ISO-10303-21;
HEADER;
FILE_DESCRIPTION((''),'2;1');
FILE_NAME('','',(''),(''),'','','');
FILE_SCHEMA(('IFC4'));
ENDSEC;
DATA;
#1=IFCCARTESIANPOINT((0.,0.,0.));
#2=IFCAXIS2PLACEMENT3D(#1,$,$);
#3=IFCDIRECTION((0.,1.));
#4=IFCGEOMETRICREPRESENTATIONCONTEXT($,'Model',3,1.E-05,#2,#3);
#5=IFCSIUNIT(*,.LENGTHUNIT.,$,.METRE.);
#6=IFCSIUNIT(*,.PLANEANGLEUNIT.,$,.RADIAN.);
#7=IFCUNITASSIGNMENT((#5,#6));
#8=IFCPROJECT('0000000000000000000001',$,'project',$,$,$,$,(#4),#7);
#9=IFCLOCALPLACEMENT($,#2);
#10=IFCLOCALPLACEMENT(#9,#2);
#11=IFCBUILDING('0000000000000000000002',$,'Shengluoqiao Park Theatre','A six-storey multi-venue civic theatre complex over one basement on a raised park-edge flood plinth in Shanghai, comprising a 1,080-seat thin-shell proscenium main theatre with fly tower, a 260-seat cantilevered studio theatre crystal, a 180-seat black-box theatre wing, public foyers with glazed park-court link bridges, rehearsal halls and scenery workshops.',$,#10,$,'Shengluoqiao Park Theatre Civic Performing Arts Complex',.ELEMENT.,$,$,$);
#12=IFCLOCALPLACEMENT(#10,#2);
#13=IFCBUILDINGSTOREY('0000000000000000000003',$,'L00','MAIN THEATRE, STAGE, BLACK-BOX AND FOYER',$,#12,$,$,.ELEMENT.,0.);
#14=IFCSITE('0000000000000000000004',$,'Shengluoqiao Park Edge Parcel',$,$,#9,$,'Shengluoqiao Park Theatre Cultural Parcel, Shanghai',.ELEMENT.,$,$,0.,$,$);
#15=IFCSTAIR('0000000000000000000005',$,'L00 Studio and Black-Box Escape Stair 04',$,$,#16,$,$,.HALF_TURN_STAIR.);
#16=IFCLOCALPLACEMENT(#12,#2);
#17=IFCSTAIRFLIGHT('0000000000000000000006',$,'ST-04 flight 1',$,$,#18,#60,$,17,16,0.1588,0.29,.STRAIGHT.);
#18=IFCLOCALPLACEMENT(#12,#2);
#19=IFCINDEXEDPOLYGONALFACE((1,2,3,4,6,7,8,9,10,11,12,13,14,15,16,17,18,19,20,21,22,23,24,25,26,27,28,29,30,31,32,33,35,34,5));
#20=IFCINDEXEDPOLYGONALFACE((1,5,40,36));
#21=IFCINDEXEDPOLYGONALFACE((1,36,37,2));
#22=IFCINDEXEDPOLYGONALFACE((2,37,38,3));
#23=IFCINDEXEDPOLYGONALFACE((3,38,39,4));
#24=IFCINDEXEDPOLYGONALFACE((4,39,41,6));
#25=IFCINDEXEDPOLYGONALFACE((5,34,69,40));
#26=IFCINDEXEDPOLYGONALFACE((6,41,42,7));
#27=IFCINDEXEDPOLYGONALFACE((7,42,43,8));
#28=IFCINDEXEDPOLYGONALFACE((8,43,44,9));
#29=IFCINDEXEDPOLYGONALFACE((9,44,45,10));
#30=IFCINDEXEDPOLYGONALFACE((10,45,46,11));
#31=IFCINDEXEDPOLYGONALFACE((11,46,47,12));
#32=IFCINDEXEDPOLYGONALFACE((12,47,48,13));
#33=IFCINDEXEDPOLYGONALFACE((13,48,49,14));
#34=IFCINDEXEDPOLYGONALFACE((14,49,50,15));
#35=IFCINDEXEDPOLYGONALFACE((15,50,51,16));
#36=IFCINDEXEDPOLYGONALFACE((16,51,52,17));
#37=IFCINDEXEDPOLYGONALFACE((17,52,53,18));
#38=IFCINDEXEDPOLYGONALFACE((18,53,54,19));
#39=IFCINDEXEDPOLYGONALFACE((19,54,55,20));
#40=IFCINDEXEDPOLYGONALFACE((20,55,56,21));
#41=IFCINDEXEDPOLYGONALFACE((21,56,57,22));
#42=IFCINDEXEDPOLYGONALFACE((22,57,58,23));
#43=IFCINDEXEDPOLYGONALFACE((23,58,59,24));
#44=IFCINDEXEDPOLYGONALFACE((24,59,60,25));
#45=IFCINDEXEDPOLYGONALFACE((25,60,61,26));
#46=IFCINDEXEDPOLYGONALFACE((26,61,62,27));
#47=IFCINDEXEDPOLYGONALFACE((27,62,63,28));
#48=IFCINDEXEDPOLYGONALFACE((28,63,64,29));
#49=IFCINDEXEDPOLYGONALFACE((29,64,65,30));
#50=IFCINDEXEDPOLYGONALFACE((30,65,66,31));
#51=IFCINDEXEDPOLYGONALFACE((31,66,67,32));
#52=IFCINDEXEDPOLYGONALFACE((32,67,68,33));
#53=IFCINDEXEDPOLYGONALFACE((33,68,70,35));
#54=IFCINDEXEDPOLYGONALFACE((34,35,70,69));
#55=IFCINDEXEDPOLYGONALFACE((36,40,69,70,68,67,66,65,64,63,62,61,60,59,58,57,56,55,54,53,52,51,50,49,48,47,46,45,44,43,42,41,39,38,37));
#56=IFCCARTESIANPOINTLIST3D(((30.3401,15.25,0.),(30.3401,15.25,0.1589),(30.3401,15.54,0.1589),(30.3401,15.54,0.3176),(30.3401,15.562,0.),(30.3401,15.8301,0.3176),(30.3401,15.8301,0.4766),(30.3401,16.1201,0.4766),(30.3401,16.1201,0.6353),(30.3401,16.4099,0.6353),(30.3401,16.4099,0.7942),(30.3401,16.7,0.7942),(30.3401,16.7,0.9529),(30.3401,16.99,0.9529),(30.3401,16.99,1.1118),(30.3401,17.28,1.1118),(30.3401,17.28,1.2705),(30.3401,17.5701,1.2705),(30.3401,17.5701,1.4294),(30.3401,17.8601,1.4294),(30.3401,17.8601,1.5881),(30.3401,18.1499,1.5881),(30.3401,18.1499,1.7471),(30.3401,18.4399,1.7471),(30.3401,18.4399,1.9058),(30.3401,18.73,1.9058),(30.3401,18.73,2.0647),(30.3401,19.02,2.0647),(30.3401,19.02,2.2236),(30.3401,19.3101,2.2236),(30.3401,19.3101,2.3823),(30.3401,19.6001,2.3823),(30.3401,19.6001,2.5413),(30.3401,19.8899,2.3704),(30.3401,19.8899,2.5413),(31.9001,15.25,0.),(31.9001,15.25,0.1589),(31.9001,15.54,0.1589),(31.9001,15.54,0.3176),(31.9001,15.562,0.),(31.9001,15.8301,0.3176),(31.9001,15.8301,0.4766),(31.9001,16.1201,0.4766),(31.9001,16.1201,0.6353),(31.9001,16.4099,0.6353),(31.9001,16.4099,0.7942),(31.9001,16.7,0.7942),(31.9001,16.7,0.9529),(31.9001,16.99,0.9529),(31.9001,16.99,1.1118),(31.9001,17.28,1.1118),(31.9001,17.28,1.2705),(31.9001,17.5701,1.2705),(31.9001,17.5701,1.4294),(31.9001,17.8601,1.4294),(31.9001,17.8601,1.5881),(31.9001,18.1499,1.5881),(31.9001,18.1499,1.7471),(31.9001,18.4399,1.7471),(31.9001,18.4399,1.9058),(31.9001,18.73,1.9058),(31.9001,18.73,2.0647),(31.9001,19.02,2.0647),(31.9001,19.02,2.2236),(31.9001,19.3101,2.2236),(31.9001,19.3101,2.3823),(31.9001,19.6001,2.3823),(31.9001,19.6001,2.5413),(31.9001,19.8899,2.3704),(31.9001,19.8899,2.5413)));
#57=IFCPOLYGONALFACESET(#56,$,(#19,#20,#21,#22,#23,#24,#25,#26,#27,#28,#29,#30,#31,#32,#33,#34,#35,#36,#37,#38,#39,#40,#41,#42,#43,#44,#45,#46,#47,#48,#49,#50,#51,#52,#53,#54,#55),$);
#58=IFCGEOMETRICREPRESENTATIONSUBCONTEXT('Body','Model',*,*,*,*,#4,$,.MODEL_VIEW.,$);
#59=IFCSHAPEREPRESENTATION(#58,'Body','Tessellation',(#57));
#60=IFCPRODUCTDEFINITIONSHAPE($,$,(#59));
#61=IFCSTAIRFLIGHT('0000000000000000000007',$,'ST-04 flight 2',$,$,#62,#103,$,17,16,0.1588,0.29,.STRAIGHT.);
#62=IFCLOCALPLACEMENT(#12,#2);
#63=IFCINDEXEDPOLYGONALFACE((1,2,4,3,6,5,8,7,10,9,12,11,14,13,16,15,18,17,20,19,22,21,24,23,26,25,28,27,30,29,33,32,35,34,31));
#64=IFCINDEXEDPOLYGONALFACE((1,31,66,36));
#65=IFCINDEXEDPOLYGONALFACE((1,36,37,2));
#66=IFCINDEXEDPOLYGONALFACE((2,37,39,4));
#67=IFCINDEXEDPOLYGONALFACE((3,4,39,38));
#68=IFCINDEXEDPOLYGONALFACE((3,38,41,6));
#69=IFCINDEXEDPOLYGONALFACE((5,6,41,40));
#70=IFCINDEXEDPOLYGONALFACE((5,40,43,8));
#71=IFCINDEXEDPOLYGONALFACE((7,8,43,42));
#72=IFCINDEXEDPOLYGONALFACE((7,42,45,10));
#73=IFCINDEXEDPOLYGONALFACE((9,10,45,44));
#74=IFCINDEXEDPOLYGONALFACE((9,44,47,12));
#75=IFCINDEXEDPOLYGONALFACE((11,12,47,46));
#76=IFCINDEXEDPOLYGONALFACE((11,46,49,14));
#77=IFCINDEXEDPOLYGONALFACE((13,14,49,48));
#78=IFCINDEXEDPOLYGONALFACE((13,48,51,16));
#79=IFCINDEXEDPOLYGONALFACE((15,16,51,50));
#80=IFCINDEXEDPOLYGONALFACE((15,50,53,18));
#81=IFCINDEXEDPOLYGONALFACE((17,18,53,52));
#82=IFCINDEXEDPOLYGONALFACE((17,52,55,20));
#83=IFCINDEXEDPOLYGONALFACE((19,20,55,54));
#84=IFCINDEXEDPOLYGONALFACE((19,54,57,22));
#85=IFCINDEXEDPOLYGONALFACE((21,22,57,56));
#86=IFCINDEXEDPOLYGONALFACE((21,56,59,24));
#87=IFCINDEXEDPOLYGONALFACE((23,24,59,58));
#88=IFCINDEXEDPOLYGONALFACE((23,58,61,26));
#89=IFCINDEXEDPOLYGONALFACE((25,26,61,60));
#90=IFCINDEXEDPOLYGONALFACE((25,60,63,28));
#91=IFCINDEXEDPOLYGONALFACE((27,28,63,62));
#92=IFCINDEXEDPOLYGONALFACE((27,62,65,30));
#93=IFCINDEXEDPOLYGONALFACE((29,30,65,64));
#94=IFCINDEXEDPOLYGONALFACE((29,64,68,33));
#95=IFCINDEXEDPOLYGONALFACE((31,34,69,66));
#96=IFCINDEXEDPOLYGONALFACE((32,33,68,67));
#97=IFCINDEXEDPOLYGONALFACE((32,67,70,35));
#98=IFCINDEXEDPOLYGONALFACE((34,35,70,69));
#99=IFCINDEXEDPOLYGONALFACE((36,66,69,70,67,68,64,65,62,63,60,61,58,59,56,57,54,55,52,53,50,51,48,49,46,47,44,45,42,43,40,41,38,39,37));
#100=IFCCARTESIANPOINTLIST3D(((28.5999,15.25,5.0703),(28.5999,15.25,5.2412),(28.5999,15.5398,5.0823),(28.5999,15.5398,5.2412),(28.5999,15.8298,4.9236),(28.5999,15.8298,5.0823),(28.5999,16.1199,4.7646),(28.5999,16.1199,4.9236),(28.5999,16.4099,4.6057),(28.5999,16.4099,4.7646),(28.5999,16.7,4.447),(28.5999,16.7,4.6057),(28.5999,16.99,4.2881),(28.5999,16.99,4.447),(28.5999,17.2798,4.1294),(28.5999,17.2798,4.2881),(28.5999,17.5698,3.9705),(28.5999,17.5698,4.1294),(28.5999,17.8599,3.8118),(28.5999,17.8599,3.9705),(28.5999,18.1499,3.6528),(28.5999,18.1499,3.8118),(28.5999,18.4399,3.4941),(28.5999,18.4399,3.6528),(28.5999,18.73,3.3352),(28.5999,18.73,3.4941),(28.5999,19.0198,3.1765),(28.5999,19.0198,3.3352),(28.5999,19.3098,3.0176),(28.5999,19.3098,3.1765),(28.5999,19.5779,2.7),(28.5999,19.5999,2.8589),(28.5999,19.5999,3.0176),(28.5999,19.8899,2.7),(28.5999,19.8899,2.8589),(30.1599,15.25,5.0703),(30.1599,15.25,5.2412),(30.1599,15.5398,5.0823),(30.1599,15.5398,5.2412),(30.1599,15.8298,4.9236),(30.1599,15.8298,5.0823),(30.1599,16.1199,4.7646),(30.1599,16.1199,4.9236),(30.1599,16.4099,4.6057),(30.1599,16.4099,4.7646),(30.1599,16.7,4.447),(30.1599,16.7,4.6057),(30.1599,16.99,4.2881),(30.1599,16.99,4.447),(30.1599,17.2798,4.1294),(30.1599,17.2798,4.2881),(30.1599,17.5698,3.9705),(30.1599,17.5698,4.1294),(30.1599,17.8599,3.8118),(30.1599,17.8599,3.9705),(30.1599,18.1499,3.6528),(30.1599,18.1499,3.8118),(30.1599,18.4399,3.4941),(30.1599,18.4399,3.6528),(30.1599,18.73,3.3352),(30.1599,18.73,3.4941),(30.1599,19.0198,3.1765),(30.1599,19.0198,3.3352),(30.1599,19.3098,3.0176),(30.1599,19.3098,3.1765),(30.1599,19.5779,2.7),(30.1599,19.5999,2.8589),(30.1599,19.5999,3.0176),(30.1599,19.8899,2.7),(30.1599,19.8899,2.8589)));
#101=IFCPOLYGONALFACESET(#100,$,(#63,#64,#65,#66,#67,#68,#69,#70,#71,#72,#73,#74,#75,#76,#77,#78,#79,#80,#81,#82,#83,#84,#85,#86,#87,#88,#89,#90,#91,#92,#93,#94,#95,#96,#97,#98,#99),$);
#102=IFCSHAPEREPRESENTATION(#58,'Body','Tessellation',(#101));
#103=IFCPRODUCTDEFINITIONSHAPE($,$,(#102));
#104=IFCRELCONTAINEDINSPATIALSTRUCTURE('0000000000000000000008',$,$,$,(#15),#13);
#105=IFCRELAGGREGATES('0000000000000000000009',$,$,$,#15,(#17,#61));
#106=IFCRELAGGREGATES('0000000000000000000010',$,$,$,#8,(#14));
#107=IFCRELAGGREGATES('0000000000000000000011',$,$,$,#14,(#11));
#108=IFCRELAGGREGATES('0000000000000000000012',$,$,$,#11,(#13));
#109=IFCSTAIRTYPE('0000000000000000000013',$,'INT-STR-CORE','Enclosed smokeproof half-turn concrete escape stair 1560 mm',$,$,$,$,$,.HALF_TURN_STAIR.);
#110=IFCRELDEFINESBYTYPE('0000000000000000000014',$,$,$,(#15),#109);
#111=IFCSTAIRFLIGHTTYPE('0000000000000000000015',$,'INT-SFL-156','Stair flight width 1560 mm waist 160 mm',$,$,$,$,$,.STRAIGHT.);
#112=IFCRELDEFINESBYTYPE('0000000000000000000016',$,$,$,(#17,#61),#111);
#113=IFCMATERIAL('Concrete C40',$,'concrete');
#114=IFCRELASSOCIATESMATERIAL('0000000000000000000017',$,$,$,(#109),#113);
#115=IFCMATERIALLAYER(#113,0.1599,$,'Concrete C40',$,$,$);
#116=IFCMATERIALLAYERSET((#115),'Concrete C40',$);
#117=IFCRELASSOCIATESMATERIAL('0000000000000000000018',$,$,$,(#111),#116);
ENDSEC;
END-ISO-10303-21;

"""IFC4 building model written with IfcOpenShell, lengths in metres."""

from ifc_helpers import new_model, si_unit, direction, frame, origin, place, context, subcontext, project, spatial, polyline, outline, extrude, material, layer, layer_set, type_object, element, aggregate, save


model = new_model("IFC4")

# Units and contexts
model_context = context("Model", 3, precision=1e-05, world=origin(), true_north=direction((0.0, 1.0)))
body_context = subcontext(model_context, "Body", "Model", "MODEL_VIEW")
ifc_project = project(units=[si_unit("LENGTHUNIT", "METRE"), si_unit("PLANEANGLEUNIT", "RADIAN")], contexts=[model_context])

# Site, building, storey
site_placement = place(None, origin())
site = spatial("IfcSite", under=ifc_project, at=site_placement, Name="Shengluoqiao Park Edge Parcel", LongName="Shengluoqiao Park Theatre Cultural Parcel, Shanghai", CompositionType="ELEMENT", RefElevation=0.0)
building_placement = place(site_placement, origin())
building = spatial("IfcBuilding", under=site, at=building_placement, Name="Shengluoqiao Park Theatre", Description="A six-storey multi-venue civic theatre complex over one basement on a raised park-edge flood plinth in Shanghai, comprising a 1,080-seat thin-shell proscenium main theatre with fly tower, a 260-seat cantilevered studio theatre crystal, a 180-seat black-box theatre wing, public foyers with glazed park-court link bridges, rehearsal halls and scenery workshops.", LongName="Shengluoqiao Park Theatre Civic Performing Arts Complex", CompositionType="ELEMENT")
storey_placement = place(building_placement, origin())
storey = spatial("IfcBuildingStorey", under=building, at=storey_placement, Name="L00", Description="MAIN THEATRE, STAGE, BLACK-BOX AND FOYER", CompositionType="ELEMENT", Elevation=0.0)

# Stair, stair flights
ifc_material_1 = material(Name="Concrete C40", Category="concrete")
stair_type = type_object("IfcStairType", Name="INT-STR-CORE", Description="Enclosed smokeproof half-turn concrete escape stair 1560 mm", PredefinedType="HALF_TURN_STAIR", material=ifc_material_1)
stair_placement = place(storey_placement, origin())
stair = element("IfcStair", 1, at=stair_placement, inside=storey, type_object=stair_type, Name="L00 Studio and Black-Box Escape Stair 04", PredefinedType="HALF_TURN_STAIR")
ifc_layer_1 = layer(ifc_material_1, 0.1599, Name="Concrete C40")
ifc_layer_set_1 = layer_set([ifc_layer_1], Name="Concrete C40")
stair_flight_type = type_object("IfcStairFlightType", Name="INT-SFL-156", Description="Stair flight width 1560 mm waist 160 mm", PredefinedType="STRAIGHT", material=ifc_layer_set_1)
stair_flight_1_placement = place(storey_placement, frame((31.1201, 15.25, 0.0), z_axis=(0.0, 0.0, 1.0), x_axis=(0.0, 1.0, 0.0)))
stair_flight_1 = element("IfcStairFlight", 2, at=stair_flight_1_placement, type_object=stair_flight_type, Name="ST-04 flight 1", NumberOfRisers=17, NumberOfTreads=16, PredefinedType="STRAIGHT", RiserHeight=0.1588, TreadLength=0.29, context=body_context, shape_type="SweptSolid", body=[
    extrude(outline(polyline([(0.0, 0.0), (0.0, 0.1589), (0.29, 0.1589), (0.29, 0.3176), (0.5801, 0.3176), (0.5801, 0.4766), (0.8701, 0.4766), (0.8701, 0.6353), (1.1599, 0.6353), (1.1599, 0.7942), (1.45, 0.7942), (1.45, 0.9529), (1.74, 0.9529), (1.74, 1.1118), (2.03, 1.1118), (2.03, 1.2705), (2.3201, 1.2705), (2.3201, 1.4294), (2.6101, 1.4294), (2.6101, 1.5881), (2.8999, 1.5881), (2.8999, 1.7471), (3.1899, 1.7471), (3.1899, 1.9058), (3.48, 1.9058), (3.48, 2.0647), (3.77, 2.0647), (3.77, 2.2236), (4.0601, 2.2236), (4.0601, 2.3823), (4.3501, 2.3823), (4.3501, 2.5413), (4.6399, 2.5413), (4.6399, 2.7), (4.6399, 2.3704), (0.312, 0.0), (0.0, 0.0)])), frame((0.0, 0.78, 0.0), z_axis=(0.0, -1.0, 0.0), x_axis=(1.0, 0.0, 0.0)), (0.0, 0.0, 1.0), 1.5601),
])
stair_flight_2_placement = place(storey_placement, frame((29.3799, 19.8899, 2.7), z_axis=(0.0, 0.0, 1.0), x_axis=(0.0, -1.0, 0.0)))
stair_flight_2 = element("IfcStairFlight", 3, at=stair_flight_2_placement, type_object=stair_flight_type, Name="ST-04 flight 2", NumberOfRisers=17, NumberOfTreads=16, PredefinedType="STRAIGHT", RiserHeight=0.1588, TreadLength=0.29, context=body_context, shape_type="SweptSolid", body=[
    extrude(outline(polyline([(0.0, 0.0), (0.0, 0.1589), (0.29, 0.1589), (0.29, 0.3176), (0.5801, 0.3176), (0.5801, 0.4766), (0.8701, 0.4766), (0.8701, 0.6353), (1.1599, 0.6353), (1.1599, 0.7942), (1.45, 0.7942), (1.45, 0.9529), (1.74, 0.9529), (1.74, 1.1118), (2.03, 1.1118), (2.03, 1.2705), (2.3201, 1.2705), (2.3201, 1.4294), (2.6101, 1.4294), (2.6101, 1.5881), (2.8999, 1.5881), (2.8999, 1.7471), (3.1899, 1.7471), (3.1899, 1.9058), (3.48, 1.9058), (3.48, 2.0647), (3.77, 2.0647), (3.77, 2.2236), (4.0601, 2.2236), (4.0601, 2.3823), (4.3501, 2.3823), (4.3501, 2.5413), (4.6399, 2.5413), (4.6399, 2.7), (4.6399, 2.3704), (0.312, 0.0), (0.0, 0.0)])), frame((0.0, 0.78, 0.0), z_axis=(0.0, -1.0, 0.0), x_axis=(1.0, 0.0, 0.0)), (0.0, 0.0, 1.0), 1.5601),
])
aggregate(stair, [stair_flight_1, stair_flight_2])

save(model, "model.ifc")
